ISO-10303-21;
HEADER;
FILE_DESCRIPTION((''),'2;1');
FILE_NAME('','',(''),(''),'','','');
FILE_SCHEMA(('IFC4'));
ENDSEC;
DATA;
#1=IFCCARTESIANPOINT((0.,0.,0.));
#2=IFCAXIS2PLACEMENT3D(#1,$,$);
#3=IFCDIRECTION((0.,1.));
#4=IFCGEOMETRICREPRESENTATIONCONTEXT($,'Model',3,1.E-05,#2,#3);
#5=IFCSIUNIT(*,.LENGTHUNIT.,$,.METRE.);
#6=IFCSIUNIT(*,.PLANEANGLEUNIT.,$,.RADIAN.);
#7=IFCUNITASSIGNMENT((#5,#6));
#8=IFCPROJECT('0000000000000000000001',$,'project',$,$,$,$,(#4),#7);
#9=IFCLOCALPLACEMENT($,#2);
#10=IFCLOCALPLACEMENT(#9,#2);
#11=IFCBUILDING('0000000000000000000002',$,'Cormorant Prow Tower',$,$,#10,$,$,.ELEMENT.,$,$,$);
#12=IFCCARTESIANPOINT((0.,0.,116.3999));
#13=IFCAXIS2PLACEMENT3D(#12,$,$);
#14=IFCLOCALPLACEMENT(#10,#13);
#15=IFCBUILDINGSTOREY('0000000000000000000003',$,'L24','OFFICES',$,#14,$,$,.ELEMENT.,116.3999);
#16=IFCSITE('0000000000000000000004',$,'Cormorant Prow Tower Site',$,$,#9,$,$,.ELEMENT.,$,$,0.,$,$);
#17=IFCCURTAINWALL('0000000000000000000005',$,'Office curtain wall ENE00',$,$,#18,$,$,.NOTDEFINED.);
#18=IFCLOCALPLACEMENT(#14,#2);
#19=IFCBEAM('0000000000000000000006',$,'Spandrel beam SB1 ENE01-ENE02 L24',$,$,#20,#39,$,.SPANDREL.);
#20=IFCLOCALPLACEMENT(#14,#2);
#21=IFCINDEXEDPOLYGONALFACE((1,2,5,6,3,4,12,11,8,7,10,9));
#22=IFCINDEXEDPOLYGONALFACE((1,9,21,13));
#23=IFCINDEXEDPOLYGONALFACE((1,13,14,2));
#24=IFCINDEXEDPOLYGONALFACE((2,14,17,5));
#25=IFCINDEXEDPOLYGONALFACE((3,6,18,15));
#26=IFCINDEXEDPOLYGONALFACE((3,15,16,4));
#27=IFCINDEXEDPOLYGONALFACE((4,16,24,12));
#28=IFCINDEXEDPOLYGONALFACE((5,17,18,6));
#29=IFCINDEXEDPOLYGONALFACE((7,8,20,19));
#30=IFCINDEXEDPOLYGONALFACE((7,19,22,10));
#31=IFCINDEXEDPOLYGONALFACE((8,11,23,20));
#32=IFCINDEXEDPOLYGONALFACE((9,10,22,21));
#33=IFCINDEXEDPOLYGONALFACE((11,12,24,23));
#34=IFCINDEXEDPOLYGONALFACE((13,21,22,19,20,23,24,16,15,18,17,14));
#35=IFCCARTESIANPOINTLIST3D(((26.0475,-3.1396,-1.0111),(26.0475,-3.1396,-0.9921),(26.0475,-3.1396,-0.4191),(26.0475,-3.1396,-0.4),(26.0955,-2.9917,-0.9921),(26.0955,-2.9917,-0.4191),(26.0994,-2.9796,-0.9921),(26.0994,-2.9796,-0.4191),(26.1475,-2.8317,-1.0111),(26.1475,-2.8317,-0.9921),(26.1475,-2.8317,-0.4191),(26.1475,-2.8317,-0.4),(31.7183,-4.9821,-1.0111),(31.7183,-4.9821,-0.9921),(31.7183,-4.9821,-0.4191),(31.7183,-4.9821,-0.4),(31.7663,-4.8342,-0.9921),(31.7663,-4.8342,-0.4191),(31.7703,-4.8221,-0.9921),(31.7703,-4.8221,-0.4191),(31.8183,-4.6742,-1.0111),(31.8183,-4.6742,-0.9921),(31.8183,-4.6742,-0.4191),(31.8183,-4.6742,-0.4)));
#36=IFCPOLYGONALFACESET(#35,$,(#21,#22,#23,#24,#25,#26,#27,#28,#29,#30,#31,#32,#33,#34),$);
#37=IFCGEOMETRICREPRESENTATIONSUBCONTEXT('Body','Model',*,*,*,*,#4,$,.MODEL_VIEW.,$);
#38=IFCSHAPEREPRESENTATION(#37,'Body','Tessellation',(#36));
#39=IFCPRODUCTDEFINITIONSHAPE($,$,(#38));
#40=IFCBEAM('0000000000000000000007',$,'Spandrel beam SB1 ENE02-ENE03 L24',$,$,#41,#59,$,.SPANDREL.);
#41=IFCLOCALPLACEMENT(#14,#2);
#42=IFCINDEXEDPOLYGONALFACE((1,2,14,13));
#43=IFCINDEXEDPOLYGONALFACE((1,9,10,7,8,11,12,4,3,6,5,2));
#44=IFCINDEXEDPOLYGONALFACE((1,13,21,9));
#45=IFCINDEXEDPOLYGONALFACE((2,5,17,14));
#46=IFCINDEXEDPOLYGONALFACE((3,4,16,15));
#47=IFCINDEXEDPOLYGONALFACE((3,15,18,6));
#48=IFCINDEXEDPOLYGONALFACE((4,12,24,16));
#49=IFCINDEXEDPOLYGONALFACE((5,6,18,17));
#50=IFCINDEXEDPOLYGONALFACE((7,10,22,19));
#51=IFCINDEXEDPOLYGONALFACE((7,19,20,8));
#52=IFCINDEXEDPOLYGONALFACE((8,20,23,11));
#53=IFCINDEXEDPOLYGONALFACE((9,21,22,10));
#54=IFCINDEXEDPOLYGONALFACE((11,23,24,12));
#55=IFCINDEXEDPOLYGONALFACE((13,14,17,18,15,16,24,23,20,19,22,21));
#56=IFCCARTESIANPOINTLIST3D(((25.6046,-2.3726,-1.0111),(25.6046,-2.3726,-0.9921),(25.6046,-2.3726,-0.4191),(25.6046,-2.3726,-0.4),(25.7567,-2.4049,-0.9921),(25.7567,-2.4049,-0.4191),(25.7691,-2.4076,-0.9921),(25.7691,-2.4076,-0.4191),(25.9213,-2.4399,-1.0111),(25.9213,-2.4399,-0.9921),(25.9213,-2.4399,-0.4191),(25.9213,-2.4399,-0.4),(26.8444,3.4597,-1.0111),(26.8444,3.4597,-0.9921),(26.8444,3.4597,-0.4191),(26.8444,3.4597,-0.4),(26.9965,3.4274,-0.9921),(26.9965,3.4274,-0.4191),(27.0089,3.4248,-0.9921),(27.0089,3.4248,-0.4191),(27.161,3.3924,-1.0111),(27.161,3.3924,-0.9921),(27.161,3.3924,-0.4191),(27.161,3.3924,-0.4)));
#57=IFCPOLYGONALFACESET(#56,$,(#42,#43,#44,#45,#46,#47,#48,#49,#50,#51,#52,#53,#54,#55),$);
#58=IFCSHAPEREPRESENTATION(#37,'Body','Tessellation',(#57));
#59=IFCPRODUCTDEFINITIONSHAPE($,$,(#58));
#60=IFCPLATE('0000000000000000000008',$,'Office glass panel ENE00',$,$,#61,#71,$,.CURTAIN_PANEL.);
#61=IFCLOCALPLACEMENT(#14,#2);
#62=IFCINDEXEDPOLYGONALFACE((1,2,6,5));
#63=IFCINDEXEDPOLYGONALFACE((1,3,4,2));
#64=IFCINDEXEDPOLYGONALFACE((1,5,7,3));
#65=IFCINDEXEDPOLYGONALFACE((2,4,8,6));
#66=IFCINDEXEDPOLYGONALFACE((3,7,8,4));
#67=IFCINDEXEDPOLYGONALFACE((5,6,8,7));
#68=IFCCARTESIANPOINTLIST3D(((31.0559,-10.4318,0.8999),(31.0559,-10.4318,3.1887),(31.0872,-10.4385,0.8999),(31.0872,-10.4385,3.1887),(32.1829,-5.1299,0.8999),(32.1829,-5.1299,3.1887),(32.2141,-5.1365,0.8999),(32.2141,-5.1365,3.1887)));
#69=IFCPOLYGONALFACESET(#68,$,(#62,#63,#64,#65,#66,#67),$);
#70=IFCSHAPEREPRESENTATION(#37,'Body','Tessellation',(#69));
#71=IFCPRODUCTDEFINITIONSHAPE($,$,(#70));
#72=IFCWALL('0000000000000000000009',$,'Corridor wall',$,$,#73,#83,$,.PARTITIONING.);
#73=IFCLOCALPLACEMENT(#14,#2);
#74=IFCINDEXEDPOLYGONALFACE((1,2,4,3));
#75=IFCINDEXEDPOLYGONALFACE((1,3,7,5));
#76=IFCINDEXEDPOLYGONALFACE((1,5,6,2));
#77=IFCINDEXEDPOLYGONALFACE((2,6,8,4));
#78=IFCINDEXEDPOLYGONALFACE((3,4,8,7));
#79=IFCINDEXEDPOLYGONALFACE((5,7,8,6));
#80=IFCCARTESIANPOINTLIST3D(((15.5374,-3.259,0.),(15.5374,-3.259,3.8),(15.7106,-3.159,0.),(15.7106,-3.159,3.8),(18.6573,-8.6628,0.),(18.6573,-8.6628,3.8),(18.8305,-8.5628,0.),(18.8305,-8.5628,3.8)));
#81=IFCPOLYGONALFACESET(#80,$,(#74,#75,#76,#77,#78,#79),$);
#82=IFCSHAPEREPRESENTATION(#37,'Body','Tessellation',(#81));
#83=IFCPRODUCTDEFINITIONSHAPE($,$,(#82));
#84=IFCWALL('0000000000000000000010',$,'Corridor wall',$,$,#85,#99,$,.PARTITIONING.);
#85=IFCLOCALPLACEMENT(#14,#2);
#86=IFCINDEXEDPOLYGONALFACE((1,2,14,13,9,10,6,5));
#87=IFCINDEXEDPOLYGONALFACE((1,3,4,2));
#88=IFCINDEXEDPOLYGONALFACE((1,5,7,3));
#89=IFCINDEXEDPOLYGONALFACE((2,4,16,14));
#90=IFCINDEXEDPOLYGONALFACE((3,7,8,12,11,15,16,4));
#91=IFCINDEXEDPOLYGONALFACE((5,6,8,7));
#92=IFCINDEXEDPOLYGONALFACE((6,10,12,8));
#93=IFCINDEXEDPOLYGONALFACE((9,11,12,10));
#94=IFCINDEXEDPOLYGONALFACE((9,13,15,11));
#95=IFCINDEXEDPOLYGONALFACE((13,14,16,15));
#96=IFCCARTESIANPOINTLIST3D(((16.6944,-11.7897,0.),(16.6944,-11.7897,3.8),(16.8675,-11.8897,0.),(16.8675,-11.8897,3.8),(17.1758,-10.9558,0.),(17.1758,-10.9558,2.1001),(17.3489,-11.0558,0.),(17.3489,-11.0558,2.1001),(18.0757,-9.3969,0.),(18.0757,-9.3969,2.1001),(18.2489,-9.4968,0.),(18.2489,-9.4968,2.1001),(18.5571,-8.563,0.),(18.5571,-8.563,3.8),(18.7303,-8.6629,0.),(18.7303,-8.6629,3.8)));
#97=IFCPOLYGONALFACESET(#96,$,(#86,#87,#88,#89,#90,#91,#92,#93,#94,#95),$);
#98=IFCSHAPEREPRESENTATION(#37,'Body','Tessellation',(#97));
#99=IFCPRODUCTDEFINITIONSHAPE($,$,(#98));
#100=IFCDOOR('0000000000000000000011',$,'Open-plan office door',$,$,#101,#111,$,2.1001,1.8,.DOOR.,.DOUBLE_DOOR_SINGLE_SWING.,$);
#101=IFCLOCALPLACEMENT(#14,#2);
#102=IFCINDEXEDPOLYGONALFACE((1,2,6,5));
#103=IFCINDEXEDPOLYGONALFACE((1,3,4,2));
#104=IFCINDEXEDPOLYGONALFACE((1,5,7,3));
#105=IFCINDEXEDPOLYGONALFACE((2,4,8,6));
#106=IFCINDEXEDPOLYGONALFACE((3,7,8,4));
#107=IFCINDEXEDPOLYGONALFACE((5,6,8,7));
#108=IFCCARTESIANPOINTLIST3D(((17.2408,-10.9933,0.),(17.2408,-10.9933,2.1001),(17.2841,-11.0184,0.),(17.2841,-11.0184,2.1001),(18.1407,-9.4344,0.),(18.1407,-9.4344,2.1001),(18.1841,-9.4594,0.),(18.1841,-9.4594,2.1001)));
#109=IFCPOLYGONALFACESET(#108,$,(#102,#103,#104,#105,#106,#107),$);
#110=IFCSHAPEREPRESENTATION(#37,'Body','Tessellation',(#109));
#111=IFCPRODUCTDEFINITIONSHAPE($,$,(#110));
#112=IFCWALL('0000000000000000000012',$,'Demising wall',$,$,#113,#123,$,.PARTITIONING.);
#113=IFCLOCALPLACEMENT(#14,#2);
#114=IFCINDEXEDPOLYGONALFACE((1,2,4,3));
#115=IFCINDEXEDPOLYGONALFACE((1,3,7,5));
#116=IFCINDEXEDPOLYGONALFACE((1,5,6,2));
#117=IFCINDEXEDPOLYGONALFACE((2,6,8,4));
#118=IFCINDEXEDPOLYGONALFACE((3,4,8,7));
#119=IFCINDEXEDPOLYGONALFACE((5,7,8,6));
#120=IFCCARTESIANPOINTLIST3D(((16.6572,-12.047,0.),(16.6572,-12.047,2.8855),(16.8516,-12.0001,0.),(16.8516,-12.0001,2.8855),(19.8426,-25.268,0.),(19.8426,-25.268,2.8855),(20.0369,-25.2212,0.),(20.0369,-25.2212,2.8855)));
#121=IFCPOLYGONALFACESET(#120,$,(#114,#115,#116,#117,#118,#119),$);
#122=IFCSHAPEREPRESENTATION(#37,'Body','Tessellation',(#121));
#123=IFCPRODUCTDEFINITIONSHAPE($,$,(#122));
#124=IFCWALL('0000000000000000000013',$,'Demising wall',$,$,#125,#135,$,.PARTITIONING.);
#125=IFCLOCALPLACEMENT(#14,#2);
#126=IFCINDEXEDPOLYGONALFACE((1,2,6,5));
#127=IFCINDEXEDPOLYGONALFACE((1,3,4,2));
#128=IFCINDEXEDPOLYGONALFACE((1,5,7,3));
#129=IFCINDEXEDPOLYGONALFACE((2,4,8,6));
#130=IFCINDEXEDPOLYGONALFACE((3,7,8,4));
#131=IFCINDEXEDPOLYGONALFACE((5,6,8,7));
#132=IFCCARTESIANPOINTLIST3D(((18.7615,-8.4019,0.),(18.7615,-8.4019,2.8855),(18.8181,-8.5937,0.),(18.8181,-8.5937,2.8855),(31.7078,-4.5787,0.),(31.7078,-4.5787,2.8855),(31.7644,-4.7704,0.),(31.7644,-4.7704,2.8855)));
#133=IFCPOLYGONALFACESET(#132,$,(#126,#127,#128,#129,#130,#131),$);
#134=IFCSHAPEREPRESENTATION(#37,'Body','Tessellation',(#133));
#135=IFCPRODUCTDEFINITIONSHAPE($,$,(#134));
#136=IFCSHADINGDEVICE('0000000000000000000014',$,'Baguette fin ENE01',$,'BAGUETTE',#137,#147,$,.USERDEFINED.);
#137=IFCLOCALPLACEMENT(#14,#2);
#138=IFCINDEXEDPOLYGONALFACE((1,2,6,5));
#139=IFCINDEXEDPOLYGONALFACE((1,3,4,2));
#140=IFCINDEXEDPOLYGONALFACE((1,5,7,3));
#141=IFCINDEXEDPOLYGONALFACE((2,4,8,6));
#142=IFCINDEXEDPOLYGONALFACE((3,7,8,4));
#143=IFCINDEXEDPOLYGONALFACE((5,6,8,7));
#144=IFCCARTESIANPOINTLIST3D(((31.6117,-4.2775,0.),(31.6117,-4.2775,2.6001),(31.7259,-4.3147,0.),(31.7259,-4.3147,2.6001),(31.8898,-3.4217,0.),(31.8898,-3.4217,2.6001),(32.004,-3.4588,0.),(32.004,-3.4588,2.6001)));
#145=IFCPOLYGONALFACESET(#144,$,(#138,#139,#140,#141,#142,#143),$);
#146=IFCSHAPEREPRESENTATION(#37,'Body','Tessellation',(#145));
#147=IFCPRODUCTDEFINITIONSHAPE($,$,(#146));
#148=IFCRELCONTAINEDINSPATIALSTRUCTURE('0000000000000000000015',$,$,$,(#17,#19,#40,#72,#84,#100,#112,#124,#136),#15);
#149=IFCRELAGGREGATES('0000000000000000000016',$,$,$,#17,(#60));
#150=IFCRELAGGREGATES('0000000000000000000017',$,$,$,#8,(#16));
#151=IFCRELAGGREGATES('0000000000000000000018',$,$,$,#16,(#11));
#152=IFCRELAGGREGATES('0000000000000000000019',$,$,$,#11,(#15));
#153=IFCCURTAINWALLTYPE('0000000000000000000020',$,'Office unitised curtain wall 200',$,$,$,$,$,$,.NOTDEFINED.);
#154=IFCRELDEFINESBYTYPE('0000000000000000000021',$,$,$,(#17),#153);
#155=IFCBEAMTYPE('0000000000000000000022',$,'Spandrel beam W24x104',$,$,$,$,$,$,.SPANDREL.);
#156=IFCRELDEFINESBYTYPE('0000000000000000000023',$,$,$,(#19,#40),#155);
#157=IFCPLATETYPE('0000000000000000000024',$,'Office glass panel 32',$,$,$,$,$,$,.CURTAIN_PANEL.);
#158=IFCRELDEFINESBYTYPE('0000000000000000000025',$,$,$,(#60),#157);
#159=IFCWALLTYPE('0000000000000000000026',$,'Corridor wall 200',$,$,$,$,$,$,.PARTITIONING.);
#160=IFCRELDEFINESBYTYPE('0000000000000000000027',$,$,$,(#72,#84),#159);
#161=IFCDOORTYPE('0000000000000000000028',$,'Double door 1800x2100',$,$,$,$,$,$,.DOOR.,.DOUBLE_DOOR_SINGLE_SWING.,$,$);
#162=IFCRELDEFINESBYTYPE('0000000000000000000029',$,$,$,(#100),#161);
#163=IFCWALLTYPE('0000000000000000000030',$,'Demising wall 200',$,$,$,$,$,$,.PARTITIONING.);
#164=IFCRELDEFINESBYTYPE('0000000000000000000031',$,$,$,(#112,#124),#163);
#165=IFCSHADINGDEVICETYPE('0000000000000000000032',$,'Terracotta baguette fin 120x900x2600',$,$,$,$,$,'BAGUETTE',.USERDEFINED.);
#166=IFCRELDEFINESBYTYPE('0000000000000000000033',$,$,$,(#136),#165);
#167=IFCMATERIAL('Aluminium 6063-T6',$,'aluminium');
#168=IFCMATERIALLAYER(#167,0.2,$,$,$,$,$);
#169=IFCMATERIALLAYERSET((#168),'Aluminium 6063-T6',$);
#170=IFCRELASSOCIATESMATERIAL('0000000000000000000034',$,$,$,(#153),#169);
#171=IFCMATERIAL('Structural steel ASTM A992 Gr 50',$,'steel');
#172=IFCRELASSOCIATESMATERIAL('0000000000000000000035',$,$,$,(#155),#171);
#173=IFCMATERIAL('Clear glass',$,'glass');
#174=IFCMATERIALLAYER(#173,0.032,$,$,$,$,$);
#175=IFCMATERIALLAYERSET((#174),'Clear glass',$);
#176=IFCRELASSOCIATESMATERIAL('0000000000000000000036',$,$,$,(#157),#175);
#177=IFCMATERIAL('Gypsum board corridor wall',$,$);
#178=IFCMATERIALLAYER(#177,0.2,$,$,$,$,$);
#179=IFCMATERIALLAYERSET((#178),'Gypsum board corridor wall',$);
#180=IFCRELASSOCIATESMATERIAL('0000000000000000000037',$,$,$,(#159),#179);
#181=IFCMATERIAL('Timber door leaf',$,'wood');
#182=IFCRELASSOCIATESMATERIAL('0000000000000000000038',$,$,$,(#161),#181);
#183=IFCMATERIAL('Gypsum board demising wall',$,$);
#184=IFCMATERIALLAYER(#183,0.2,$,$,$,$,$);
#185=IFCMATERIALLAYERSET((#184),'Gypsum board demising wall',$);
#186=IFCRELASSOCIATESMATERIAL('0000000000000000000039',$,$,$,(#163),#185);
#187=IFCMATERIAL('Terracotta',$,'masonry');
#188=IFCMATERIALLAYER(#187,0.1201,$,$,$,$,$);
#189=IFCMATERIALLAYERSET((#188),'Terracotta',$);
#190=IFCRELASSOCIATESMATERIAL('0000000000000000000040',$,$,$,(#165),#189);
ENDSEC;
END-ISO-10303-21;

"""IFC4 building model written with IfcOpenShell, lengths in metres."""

from ifc_helpers import new_model, si_unit, direction, frame, frame_2d, origin, origin_2d, place, context, subcontext, project, spatial, rectangle, i_section, extrude, material, layer, layer_set, material_profile, profile_set, type_object, element, fill, aggregate, save


model = new_model("IFC4")

# Units and contexts
model_context = context("Model", 3, precision=1e-05, world=origin(), true_north=direction((0.0, 1.0)))
body_context = subcontext(model_context, "Body", "Model", "MODEL_VIEW")
ifc_project = project(units=[si_unit("LENGTHUNIT", "METRE"), si_unit("PLANEANGLEUNIT", "RADIAN")], contexts=[model_context])

# Site, building, storey
site_placement = place(None, origin())
site = spatial("IfcSite", under=ifc_project, at=site_placement, Name="Cormorant Prow Tower Site", CompositionType="ELEMENT", RefElevation=0.0)
building_placement = place(site_placement, origin())
building = spatial("IfcBuilding", under=site, at=building_placement, Name="Cormorant Prow Tower", CompositionType="ELEMENT")
storey_placement = place(building_placement, frame((0.0, 0.0, 116.3999)))
storey = spatial("IfcBuildingStorey", under=building, at=storey_placement, Name="L24", Description="OFFICES", CompositionType="ELEMENT", Elevation=116.3999)

# Curtain wall
ifc_material_1 = material(Name="Aluminium 6063-T6", Category="aluminium")
ifc_layer_1 = layer(ifc_material_1, 0.2)
ifc_layer_set_1 = layer_set([ifc_layer_1], Name="Aluminium 6063-T6")
curtain_wall_type = type_object("IfcCurtainWallType", Name="Office unitised curtain wall 200", PredefinedType="NOTDEFINED", material=ifc_layer_set_1)
curtain_wall_1_placement = place(storey_placement, origin())
curtain_wall_1 = element("IfcCurtainWall", 1, at=curtain_wall_1_placement, inside=storey, type_object=curtain_wall_type, Name="Office curtain wall ENE00", PredefinedType="NOTDEFINED")

# Beams
ifc_material_2 = material(Name="Structural steel ASTM A992 Gr 50", Category="steel")
ifc_material_profile_1 = material_profile(ifc_material_2, i_section(OverallWidth=0.3237, OverallDepth=0.6111, WebThickness=0.0127, FlangeThickness=0.019, at=origin_2d()), Name="W24x104")
ifc_profile_set_1 = profile_set([ifc_material_profile_1], Name="Structural steel ASTM A992 Gr 50")
beam_type_1 = type_object("IfcBeamType", Name="Spandrel beam W24x104", PredefinedType="SPANDREL", material=ifc_profile_set_1)
for number, where, z_axis, x_axis, name in (
    (2, (31.7683, -4.8281, -0.7056), (-0.951059, 0.309008, 0.0), (-0.309008, -0.951059, 0.0), "Spandrel beam SB1 ENE01-ENE02 L24"),
    (3, (25.7629, -2.4062, -0.7056), (0.207921, 0.978146, 0.0), (-0.978146, 0.207921, 0.0), "Spandrel beam SB1 ENE02-ENE03 L24"),
):
    element("IfcBeam", number, at=place(storey_placement, frame(where, z_axis=z_axis, x_axis=x_axis)), inside=storey, type_object=beam_type_1, Name=name, PredefinedType="SPANDREL", context=body_context, shape_type="SweptSolid", body=[
        extrude(i_section(OverallWidth=0.3237, OverallDepth=0.6111, WebThickness=0.0127, FlangeThickness=0.019, at=origin_2d()), origin(), (0.0, 0.0, 1.0), 5.9626),
    ])

# Plate
ifc_material_3 = material(Name="Clear glass", Category="glass")
ifc_layer_2 = layer(ifc_material_3, 0.032)
ifc_layer_set_2 = layer_set([ifc_layer_2], Name="Clear glass")
plate_type = type_object("IfcPlateType", Name="Office glass panel 32", PredefinedType="CURTAIN_PANEL", material=ifc_layer_set_2)
plate_placement = place(storey_placement, frame((31.635, -7.7842, 0.8999), z_axis=(0.0, 0.0, 1.0), x_axis=(0.207912, 0.978148, 0.0)))
plate = element("IfcPlate", 4, at=plate_placement, type_object=plate_type, Name="Office glass panel ENE00", PredefinedType="CURTAIN_PANEL", context=body_context, shape_type="SweptSolid", body=[
    extrude(rectangle(XDim=5.4204, YDim=0.032, at=origin_2d()), origin(), (0.0, 0.0, 1.0), 2.2888),
])
aggregate(curtain_wall_1, [plate])

# Wall
ifc_material_4 = material(Name="Gypsum board corridor wall")
ifc_layer_3 = layer(ifc_material_4, 0.2)
ifc_layer_set_3 = layer_set([ifc_layer_3], Name="Gypsum board corridor wall")
wall_type_1 = type_object("IfcWallType", Name="Corridor wall 200", PredefinedType="PARTITIONING", material=ifc_layer_set_3)
wall_1_placement = place(storey_placement, frame((15.624, -3.209, 0.0), z_axis=(0.0, 0.0, 1.0), x_axis=(0.499998, -0.866027, 0.0)))
element("IfcWall", 5, at=wall_1_placement, inside=storey, type_object=wall_type_1, Name="Corridor wall", PredefinedType="PARTITIONING", context=body_context, shape_type="SweptSolid", body=[
    extrude(rectangle(XDim=6.2397, YDim=0.2, at=frame_2d((3.1199, 0.0))), origin(), (0.0, 0.0, 1.0), 3.8),
])

# Wall, opening, door
wall_2_placement = place(storey_placement, frame((16.781, -11.8396, 0.0), z_axis=(0.0, 0.0, 1.0), x_axis=(0.499959, 0.866049, 0.0)))
wall_2 = element("IfcWall", 6, at=wall_2_placement, inside=storey, type_object=wall_type_1, Name="Corridor wall", PredefinedType="PARTITIONING", context=body_context, shape_type="SweptSolid", body=[
    extrude(rectangle(XDim=3.7258, YDim=0.2, at=frame_2d((1.8628, 0.0))), origin(), (0.0, 0.0, 1.0), 3.8),
])
opening_1_placement = place(wall_2_placement, frame((0.9629, 0.0, 0.0)))
opening_1 = element("IfcOpeningElement", 7, at=opening_1_placement, cuts=wall_2, PredefinedType="OPENING", context=body_context, shape_type="SweptSolid", body=[
    extrude(rectangle(XDim=1.8, YDim=2.1001, at=frame_2d((0.8999, 1.05))), frame((0.0, 0.1099, 0.0), z_axis=(0.0, -1.0, 0.0), x_axis=(1.0, 0.0, 0.0)), (0.0, 0.0, 1.0), 0.22),
])
ifc_material_5 = material(Name="Timber door leaf", Category="wood")
door_type_1 = type_object("IfcDoorType", Name="Double door 1800x2100", OperationType="DOUBLE_DOOR_SINGLE_SWING", PredefinedType="DOOR", material=ifc_material_5)
door_1_placement = place(opening_1_placement, origin())
door_1 = element("IfcDoor", 8, at=door_1_placement, inside=storey, type_object=door_type_1, Name="Open-plan office door", OperationType="DOUBLE_DOOR_SINGLE_SWING", OverallHeight=2.1001, OverallWidth=1.8, PredefinedType="DOOR", context=body_context, shape_type="SweptSolid", body=[
    extrude(rectangle(XDim=1.8, YDim=2.1001, at=frame_2d((0.8999, 1.05))), frame((0.0, 0.0249, 0.0), z_axis=(0.0, -1.0, 0.0), x_axis=(1.0, 0.0, 0.0)), (0.0, 0.0, 1.0), 0.05),
])
fill(opening_1, door_1)

# Walls
ifc_material_6 = material(Name="Gypsum board demising wall")
ifc_layer_4 = layer(ifc_material_6, 0.2)
ifc_layer_set_4 = layer_set([ifc_layer_4], Name="Gypsum board demising wall")
wall_type_2 = type_object("IfcWallType", Name="Demising wall 200", PredefinedType="PARTITIONING", material=ifc_layer_set_4)
wall_3_placement = place(storey_placement, frame((16.7544, -12.0234, 0.0), z_axis=(0.0, 0.0, 1.0), x_axis=(0.234226, -0.972182, 0.0)))
element("IfcWall", 9, at=wall_3_placement, inside=storey, type_object=wall_type_2, Name="Demising wall", PredefinedType="PARTITIONING", context=body_context, shape_type="SweptSolid", body=[
    extrude(rectangle(XDim=13.5994, YDim=0.2, at=frame_2d((6.7998, 0.0))), origin(), (0.0, 0.0, 1.0), 2.8855),
])
wall_4_placement = place(storey_placement, frame((18.7898, -8.4978, 0.0), z_axis=(0.0, 0.0, 1.0), x_axis=(0.959054, 0.283224, 0.0)))
element("IfcWall", 10, at=wall_4_placement, inside=storey, type_object=wall_type_2, Name="Demising wall", PredefinedType="PARTITIONING", context=body_context, shape_type="SweptSolid", body=[
    extrude(rectangle(XDim=13.499, YDim=0.2, at=frame_2d((6.7495, 0.0))), origin(), (0.0, 0.0, 1.0), 2.8855),
])

# Shading device
ifc_material_7 = material(Name="Terracotta", Category="masonry")
ifc_layer_5 = layer(ifc_material_7, 0.1201)
ifc_layer_set_5 = layer_set([ifc_layer_5], Name="Terracotta")
shading_device_type = type_object("IfcShadingDeviceType", Name="Terracotta baguette fin 120x900x2600", ElementType="BAGUETTE", PredefinedType="USERDEFINED", material=ifc_layer_set_5)
shading_device_placement = place(storey_placement, frame((31.8079, -3.8682, 0.0), z_axis=(0.0, 0.0, 1.0), x_axis=(-0.951057, 0.309017, 0.0)))
element("IfcShadingDevice", 11, at=shading_device_placement, inside=storey, type_object=shading_device_type, Name="Baguette fin ENE01", ObjectType="BAGUETTE", PredefinedType="USERDEFINED", context=body_context, shape_type="SweptSolid", body=[
    extrude(rectangle(XDim=0.1201, YDim=0.8999, at=origin_2d()), origin(), (0.0, 0.0, 1.0), 2.6001),
])

save(model, "model.ifc")
